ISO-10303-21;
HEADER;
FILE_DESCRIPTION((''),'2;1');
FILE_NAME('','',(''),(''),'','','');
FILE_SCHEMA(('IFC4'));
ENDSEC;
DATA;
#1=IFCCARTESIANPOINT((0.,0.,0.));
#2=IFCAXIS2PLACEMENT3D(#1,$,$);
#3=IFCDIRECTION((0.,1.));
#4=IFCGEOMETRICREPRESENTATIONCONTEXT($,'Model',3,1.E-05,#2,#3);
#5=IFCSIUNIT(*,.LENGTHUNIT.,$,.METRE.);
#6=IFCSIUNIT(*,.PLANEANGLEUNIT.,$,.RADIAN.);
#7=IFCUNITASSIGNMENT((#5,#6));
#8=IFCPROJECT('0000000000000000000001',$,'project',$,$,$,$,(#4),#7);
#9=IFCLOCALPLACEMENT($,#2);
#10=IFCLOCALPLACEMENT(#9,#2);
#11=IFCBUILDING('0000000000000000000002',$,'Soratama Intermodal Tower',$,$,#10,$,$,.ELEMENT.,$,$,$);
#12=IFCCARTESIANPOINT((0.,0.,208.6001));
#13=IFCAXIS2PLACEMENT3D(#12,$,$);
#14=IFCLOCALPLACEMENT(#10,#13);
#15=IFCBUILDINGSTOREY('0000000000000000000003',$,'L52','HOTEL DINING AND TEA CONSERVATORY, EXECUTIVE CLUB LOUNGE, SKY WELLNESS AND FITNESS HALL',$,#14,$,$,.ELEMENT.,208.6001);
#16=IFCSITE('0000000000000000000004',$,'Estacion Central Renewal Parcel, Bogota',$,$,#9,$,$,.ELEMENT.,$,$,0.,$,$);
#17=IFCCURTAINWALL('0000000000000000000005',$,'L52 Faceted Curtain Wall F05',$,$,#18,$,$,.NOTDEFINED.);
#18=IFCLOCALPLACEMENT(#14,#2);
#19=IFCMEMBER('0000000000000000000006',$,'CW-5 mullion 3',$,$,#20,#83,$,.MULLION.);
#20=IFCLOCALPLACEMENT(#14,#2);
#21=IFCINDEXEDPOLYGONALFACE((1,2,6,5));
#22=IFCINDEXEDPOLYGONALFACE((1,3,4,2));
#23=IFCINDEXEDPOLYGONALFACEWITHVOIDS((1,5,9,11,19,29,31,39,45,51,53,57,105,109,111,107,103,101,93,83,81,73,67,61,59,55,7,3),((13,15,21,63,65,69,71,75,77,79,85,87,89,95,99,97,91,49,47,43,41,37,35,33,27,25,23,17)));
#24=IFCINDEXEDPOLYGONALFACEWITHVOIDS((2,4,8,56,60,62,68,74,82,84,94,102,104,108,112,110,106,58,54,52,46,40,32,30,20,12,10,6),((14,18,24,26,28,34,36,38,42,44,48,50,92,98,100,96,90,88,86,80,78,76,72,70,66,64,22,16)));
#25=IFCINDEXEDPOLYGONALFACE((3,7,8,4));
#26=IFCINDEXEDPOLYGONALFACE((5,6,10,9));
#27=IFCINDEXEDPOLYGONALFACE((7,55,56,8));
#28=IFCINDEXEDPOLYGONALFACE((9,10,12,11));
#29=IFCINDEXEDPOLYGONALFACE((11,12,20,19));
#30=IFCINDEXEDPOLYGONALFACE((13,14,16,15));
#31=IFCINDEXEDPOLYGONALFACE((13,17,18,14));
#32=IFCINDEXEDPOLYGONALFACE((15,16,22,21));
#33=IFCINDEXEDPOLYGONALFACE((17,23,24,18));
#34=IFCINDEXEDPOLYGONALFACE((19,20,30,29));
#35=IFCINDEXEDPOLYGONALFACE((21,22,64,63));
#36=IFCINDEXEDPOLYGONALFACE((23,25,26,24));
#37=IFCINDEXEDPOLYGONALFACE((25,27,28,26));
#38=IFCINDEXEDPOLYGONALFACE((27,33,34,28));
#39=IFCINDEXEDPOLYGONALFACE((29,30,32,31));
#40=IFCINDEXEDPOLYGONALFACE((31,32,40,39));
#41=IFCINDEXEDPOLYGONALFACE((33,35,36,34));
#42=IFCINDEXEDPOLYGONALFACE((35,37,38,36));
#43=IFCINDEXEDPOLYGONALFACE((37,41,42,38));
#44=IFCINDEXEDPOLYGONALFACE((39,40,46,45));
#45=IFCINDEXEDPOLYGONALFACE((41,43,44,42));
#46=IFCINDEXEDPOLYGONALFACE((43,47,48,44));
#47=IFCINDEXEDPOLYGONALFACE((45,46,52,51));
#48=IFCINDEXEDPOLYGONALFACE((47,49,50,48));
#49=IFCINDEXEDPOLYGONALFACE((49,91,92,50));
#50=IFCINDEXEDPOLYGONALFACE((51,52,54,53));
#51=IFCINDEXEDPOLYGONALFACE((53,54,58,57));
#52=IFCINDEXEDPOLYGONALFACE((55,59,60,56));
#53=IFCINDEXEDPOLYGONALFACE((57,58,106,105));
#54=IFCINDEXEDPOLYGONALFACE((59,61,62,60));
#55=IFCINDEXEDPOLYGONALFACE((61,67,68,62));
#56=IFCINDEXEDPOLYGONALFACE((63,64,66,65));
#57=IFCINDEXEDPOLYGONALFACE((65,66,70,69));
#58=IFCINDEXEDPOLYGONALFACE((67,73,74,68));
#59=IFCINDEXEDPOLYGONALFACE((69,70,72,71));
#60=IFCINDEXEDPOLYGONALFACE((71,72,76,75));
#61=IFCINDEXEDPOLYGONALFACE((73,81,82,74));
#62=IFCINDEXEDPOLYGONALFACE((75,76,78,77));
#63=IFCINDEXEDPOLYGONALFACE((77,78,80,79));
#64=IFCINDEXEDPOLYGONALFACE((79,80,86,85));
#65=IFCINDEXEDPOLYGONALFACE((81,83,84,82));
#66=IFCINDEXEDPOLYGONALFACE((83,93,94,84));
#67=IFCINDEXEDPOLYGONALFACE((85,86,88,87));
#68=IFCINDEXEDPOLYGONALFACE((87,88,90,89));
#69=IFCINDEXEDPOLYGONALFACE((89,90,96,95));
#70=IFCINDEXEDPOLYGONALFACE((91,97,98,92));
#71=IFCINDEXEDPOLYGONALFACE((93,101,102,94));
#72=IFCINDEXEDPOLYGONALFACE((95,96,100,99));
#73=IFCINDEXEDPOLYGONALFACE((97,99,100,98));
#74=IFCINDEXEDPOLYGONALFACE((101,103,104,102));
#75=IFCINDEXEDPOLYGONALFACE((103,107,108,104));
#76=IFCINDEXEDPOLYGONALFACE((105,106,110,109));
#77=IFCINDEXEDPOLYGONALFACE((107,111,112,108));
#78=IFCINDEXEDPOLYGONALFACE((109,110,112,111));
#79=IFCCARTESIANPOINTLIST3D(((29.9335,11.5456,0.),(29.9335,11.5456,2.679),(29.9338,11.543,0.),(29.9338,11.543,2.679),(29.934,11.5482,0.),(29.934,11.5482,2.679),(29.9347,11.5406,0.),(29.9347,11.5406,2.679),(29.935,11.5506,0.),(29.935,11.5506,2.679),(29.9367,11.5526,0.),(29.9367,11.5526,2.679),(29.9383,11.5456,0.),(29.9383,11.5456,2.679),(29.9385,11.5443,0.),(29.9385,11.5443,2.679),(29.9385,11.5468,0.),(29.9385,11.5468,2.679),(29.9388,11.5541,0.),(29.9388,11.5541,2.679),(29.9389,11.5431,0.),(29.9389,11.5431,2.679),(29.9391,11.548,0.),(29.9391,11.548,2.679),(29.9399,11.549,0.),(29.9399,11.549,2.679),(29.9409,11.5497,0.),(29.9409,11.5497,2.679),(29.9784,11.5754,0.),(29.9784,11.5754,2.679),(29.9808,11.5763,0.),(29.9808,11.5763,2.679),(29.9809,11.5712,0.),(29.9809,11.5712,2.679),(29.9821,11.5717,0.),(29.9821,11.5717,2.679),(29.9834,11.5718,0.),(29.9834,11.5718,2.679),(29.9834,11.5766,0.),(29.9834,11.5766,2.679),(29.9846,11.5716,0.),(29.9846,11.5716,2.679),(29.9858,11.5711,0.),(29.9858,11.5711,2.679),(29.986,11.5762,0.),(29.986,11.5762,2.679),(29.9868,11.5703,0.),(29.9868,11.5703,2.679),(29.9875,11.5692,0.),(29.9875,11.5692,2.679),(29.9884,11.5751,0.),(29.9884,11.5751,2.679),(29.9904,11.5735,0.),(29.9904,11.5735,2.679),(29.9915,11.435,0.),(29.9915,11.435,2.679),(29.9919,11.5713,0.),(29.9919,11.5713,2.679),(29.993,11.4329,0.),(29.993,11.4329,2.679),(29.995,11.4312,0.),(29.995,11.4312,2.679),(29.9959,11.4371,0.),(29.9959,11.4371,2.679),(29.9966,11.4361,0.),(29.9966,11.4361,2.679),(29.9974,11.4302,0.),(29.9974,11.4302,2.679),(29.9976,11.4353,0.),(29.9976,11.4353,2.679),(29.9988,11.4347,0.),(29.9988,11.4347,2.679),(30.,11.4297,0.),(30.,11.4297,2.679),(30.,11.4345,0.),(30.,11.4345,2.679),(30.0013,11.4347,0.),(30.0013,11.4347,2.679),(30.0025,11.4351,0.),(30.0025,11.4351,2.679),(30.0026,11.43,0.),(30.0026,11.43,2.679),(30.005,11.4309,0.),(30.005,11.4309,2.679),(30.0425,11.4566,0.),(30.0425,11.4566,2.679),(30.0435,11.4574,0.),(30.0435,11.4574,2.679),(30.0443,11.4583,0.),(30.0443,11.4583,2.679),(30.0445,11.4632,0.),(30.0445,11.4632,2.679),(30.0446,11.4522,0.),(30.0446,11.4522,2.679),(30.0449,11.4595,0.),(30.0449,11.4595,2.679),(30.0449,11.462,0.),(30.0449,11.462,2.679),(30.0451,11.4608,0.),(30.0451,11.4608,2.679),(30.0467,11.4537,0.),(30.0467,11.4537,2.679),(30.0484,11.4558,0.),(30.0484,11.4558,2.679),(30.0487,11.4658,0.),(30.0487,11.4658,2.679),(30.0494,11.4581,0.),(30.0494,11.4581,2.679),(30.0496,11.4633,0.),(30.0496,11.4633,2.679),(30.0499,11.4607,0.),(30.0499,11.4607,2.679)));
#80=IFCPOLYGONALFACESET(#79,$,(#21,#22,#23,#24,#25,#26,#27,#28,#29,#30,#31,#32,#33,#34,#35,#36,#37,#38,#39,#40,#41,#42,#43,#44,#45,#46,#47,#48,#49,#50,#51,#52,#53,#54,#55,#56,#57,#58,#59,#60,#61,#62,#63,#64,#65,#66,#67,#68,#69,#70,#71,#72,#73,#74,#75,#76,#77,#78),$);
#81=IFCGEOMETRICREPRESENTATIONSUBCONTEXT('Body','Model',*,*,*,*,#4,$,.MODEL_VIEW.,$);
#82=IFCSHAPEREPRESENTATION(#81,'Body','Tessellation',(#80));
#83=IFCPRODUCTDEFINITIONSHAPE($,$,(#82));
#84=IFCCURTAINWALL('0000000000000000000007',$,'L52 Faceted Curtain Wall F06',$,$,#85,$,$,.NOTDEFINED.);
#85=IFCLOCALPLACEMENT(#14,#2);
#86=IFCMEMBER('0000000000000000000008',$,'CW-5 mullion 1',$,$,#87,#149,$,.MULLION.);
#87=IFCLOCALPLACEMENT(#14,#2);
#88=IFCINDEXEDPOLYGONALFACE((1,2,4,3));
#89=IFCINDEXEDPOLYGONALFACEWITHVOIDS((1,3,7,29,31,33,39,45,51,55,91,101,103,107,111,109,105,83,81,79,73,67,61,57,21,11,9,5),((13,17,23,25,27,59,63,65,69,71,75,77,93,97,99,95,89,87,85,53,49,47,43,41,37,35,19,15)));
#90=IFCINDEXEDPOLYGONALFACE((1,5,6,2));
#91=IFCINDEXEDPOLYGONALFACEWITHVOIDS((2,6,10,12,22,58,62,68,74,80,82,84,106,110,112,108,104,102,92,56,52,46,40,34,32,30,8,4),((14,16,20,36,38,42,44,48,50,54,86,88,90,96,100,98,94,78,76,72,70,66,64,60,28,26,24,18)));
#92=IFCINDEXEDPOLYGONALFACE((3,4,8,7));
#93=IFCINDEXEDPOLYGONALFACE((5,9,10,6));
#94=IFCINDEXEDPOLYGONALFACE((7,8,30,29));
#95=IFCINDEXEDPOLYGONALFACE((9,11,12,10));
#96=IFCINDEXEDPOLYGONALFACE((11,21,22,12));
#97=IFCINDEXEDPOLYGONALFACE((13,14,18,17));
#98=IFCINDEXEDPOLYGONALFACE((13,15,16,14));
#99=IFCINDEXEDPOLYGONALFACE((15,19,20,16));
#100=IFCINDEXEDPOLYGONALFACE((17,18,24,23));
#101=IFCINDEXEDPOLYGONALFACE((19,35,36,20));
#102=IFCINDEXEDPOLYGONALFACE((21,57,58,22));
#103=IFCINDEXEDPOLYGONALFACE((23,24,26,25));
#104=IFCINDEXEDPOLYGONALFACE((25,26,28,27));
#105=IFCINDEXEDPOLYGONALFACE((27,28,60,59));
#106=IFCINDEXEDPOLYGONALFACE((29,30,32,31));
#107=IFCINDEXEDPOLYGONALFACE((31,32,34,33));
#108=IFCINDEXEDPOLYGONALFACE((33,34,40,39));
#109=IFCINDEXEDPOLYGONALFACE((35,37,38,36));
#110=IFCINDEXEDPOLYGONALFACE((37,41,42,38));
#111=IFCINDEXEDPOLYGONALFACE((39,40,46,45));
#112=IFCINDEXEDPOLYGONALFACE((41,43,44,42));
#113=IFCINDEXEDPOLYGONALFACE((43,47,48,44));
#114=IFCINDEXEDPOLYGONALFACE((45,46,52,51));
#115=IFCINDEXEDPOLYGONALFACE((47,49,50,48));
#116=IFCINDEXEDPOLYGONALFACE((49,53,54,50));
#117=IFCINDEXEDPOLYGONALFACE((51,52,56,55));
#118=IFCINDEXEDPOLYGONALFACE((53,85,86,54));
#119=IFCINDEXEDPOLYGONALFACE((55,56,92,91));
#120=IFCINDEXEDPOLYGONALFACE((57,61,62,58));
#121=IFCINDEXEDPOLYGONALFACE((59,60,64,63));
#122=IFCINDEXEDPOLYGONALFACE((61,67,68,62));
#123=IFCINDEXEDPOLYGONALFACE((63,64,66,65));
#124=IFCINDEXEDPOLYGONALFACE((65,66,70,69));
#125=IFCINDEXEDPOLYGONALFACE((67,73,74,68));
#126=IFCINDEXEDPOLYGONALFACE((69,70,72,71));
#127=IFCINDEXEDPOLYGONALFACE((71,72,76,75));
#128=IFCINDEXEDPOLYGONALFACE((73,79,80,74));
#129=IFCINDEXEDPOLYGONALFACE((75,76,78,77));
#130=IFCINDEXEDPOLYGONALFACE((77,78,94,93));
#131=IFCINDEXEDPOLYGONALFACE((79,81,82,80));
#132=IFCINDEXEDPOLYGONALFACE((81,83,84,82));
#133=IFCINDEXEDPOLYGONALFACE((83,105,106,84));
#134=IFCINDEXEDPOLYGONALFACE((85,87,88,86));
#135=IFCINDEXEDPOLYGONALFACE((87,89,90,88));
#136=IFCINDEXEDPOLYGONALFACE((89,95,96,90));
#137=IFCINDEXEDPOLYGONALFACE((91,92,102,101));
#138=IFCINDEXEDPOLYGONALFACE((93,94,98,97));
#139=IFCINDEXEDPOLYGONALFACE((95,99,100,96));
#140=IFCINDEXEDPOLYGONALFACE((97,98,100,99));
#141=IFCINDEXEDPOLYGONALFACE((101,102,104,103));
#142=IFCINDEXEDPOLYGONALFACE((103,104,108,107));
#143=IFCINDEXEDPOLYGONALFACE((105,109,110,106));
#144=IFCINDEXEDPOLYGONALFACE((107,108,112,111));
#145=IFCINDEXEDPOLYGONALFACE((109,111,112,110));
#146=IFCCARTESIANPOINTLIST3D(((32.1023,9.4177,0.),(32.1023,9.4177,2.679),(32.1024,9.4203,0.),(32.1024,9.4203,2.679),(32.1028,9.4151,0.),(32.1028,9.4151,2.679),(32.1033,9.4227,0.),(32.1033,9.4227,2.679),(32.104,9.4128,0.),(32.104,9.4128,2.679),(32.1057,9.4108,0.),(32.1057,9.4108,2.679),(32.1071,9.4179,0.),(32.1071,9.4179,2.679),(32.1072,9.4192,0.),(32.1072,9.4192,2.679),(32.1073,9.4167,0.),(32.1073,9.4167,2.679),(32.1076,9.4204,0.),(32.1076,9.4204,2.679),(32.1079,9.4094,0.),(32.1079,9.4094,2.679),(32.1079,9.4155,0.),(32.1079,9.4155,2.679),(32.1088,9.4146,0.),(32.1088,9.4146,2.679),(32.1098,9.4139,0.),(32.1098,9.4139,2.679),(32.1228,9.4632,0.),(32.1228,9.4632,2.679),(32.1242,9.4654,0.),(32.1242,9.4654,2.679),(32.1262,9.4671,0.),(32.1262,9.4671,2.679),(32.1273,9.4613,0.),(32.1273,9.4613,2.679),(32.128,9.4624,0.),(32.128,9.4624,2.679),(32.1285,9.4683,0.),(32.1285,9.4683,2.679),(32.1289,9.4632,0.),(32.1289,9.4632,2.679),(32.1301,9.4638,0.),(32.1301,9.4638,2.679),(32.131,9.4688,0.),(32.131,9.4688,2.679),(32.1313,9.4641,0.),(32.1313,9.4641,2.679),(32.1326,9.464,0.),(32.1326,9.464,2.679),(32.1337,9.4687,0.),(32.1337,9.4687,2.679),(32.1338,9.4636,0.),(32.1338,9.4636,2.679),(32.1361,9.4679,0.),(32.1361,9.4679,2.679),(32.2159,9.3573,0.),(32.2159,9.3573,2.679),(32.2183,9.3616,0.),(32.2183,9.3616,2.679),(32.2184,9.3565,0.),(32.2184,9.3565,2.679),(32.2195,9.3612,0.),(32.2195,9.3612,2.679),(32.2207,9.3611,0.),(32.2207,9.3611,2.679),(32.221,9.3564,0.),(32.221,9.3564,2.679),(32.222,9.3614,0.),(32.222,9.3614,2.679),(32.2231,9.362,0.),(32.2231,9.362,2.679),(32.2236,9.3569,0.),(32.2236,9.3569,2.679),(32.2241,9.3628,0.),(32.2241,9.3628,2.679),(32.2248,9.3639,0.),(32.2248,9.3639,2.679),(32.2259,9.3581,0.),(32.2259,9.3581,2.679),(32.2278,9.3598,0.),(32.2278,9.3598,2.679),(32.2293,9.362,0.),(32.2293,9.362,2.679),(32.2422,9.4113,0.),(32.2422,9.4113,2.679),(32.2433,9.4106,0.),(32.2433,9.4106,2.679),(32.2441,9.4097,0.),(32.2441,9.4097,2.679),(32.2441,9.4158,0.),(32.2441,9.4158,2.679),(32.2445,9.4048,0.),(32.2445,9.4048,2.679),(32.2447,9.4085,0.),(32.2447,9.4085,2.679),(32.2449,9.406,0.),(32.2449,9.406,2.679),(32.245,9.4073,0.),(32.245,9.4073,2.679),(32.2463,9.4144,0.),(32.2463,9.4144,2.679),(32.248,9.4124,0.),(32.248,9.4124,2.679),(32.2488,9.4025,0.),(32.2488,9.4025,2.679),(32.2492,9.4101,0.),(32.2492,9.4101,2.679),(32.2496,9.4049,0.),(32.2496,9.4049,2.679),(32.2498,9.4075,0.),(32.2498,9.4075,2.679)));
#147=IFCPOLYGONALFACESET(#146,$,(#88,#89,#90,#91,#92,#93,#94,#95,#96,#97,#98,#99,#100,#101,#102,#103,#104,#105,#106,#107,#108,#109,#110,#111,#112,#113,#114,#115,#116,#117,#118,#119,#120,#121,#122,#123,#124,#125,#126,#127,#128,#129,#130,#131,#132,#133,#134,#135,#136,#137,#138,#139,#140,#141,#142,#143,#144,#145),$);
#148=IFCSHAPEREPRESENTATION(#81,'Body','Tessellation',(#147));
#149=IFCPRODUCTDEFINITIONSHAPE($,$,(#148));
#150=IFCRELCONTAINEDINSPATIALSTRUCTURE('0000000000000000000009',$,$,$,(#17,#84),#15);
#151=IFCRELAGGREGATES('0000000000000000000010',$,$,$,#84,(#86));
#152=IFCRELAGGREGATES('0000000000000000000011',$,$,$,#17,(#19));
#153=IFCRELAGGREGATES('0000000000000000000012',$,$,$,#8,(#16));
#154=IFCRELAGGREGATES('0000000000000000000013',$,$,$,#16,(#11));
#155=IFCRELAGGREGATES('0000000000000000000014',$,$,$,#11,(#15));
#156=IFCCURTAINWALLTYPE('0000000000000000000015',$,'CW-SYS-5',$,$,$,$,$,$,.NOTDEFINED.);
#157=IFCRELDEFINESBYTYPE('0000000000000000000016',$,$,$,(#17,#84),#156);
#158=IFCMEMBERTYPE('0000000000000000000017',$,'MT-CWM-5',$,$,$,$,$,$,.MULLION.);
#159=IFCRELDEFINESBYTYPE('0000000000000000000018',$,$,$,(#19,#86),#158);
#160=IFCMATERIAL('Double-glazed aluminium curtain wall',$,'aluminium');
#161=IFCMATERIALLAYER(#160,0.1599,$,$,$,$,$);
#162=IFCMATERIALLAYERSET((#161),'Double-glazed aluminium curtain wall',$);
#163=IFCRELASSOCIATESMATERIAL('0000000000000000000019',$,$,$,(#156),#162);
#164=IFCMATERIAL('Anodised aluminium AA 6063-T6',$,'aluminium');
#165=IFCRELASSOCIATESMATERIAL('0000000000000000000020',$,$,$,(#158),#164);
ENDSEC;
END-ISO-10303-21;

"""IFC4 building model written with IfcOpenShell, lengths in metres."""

from ifc_helpers import new_model, si_unit, direction, frame, origin, origin_2d, place, context, subcontext, project, spatial, hollow_rectangle, extrude, material, layer, layer_set, material_profile, profile_set, type_object, element, aggregate, save


model = new_model("IFC4")

# Units and contexts
model_context = context("Model", 3, precision=1e-05, world=origin(), true_north=direction((0.0, 1.0)))
body_context = subcontext(model_context, "Body", "Model", "MODEL_VIEW")
ifc_project = project(units=[si_unit("LENGTHUNIT", "METRE"), si_unit("PLANEANGLEUNIT", "RADIAN")], contexts=[model_context])

# Site, building, storey
site_placement = place(None, origin())
site = spatial("IfcSite", under=ifc_project, at=site_placement, Name="Estacion Central Renewal Parcel, Bogota", CompositionType="ELEMENT", RefElevation=0.0)
building_placement = place(site_placement, origin())
building = spatial("IfcBuilding", under=site, at=building_placement, Name="Soratama Intermodal Tower", CompositionType="ELEMENT")
storey_placement = place(building_placement, frame((0.0, 0.0, 208.6001)))
storey = spatial("IfcBuildingStorey", under=building, at=storey_placement, Name="L52", Description="HOTEL DINING AND TEA CONSERVATORY, EXECUTIVE CLUB LOUNGE, SKY WELLNESS AND FITNESS HALL", CompositionType="ELEMENT", Elevation=208.6001)

# Curtain walls, members
ifc_material_1 = material(Name="Double-glazed aluminium curtain wall", Category="aluminium")
ifc_layer_1 = layer(ifc_material_1, 0.1599)
ifc_layer_set_1 = layer_set([ifc_layer_1], Name="Double-glazed aluminium curtain wall")
curtain_wall_type = type_object("IfcCurtainWallType", Name="CW-SYS-5", PredefinedType="NOTDEFINED", material=ifc_layer_set_1)
curtain_wall_1_placement = place(storey_placement, origin())
curtain_wall_1 = element("IfcCurtainWall", 1, at=curtain_wall_1_placement, inside=storey, type_object=curtain_wall_type, Name="L52 Faceted Curtain Wall F05", PredefinedType="NOTDEFINED")
ifc_material_2 = material(Name="Anodised aluminium AA 6063-T6", Category="aluminium")
ifc_material_profile_1 = material_profile(ifc_material_2, hollow_rectangle(XDim=0.0649, YDim=0.1399, WallThickness=0.0049, InnerFilletRadius=0.0049, OuterFilletRadius=0.01, at=origin_2d()), Name="CWM140X65X5")
ifc_profile_set_1 = profile_set([ifc_material_profile_1], Name="Anodised aluminium AA 6063-T6")
member_type_1 = type_object("IfcMemberType", Name="MT-CWM-5", PredefinedType="MULLION", material=ifc_profile_set_1)
member_1_placement = place(storey_placement, frame((29.9917, 11.5032, 0.0), z_axis=(0.0, 0.0, 1.0), x_axis=(0.880807, 0.473476, 0.0)))
member_1 = element("IfcMember", 2, at=member_1_placement, type_object=member_type_1, Name="CW-5 mullion 3", PredefinedType="MULLION", context=body_context, shape_type="SweptSolid", body=[
    extrude(hollow_rectangle(XDim=0.0649, YDim=0.1399, WallThickness=0.0049, InnerFilletRadius=0.0049, OuterFilletRadius=0.01, at=origin_2d()), origin(), (0.0, 0.0, 1.0), 2.679),
])
curtain_wall_2_placement = place(storey_placement, origin())
curtain_wall_2 = element("IfcCurtainWall", 3, at=curtain_wall_2_placement, inside=storey, type_object=curtain_wall_type, Name="L52 Faceted Curtain Wall F06", PredefinedType="NOTDEFINED")
member_2_placement = place(storey_placement, frame((32.176, 9.4126, 0.0), z_axis=(0.0, 0.0, 1.0), x_axis=(0.434287, 0.900775, 0.0)))
member_2 = element("IfcMember", 4, at=member_2_placement, type_object=member_type_1, Name="CW-5 mullion 1", PredefinedType="MULLION", context=body_context, shape_type="SweptSolid", body=[
    extrude(hollow_rectangle(XDim=0.0649, YDim=0.1399, WallThickness=0.0049, InnerFilletRadius=0.0049, OuterFilletRadius=0.01, at=origin_2d()), origin(), (0.0, 0.0, 1.0), 2.679),
])

aggregate(curtain_wall_2, [member_2])

aggregate(curtain_wall_1, [member_1])

save(model, "model.ifc")
